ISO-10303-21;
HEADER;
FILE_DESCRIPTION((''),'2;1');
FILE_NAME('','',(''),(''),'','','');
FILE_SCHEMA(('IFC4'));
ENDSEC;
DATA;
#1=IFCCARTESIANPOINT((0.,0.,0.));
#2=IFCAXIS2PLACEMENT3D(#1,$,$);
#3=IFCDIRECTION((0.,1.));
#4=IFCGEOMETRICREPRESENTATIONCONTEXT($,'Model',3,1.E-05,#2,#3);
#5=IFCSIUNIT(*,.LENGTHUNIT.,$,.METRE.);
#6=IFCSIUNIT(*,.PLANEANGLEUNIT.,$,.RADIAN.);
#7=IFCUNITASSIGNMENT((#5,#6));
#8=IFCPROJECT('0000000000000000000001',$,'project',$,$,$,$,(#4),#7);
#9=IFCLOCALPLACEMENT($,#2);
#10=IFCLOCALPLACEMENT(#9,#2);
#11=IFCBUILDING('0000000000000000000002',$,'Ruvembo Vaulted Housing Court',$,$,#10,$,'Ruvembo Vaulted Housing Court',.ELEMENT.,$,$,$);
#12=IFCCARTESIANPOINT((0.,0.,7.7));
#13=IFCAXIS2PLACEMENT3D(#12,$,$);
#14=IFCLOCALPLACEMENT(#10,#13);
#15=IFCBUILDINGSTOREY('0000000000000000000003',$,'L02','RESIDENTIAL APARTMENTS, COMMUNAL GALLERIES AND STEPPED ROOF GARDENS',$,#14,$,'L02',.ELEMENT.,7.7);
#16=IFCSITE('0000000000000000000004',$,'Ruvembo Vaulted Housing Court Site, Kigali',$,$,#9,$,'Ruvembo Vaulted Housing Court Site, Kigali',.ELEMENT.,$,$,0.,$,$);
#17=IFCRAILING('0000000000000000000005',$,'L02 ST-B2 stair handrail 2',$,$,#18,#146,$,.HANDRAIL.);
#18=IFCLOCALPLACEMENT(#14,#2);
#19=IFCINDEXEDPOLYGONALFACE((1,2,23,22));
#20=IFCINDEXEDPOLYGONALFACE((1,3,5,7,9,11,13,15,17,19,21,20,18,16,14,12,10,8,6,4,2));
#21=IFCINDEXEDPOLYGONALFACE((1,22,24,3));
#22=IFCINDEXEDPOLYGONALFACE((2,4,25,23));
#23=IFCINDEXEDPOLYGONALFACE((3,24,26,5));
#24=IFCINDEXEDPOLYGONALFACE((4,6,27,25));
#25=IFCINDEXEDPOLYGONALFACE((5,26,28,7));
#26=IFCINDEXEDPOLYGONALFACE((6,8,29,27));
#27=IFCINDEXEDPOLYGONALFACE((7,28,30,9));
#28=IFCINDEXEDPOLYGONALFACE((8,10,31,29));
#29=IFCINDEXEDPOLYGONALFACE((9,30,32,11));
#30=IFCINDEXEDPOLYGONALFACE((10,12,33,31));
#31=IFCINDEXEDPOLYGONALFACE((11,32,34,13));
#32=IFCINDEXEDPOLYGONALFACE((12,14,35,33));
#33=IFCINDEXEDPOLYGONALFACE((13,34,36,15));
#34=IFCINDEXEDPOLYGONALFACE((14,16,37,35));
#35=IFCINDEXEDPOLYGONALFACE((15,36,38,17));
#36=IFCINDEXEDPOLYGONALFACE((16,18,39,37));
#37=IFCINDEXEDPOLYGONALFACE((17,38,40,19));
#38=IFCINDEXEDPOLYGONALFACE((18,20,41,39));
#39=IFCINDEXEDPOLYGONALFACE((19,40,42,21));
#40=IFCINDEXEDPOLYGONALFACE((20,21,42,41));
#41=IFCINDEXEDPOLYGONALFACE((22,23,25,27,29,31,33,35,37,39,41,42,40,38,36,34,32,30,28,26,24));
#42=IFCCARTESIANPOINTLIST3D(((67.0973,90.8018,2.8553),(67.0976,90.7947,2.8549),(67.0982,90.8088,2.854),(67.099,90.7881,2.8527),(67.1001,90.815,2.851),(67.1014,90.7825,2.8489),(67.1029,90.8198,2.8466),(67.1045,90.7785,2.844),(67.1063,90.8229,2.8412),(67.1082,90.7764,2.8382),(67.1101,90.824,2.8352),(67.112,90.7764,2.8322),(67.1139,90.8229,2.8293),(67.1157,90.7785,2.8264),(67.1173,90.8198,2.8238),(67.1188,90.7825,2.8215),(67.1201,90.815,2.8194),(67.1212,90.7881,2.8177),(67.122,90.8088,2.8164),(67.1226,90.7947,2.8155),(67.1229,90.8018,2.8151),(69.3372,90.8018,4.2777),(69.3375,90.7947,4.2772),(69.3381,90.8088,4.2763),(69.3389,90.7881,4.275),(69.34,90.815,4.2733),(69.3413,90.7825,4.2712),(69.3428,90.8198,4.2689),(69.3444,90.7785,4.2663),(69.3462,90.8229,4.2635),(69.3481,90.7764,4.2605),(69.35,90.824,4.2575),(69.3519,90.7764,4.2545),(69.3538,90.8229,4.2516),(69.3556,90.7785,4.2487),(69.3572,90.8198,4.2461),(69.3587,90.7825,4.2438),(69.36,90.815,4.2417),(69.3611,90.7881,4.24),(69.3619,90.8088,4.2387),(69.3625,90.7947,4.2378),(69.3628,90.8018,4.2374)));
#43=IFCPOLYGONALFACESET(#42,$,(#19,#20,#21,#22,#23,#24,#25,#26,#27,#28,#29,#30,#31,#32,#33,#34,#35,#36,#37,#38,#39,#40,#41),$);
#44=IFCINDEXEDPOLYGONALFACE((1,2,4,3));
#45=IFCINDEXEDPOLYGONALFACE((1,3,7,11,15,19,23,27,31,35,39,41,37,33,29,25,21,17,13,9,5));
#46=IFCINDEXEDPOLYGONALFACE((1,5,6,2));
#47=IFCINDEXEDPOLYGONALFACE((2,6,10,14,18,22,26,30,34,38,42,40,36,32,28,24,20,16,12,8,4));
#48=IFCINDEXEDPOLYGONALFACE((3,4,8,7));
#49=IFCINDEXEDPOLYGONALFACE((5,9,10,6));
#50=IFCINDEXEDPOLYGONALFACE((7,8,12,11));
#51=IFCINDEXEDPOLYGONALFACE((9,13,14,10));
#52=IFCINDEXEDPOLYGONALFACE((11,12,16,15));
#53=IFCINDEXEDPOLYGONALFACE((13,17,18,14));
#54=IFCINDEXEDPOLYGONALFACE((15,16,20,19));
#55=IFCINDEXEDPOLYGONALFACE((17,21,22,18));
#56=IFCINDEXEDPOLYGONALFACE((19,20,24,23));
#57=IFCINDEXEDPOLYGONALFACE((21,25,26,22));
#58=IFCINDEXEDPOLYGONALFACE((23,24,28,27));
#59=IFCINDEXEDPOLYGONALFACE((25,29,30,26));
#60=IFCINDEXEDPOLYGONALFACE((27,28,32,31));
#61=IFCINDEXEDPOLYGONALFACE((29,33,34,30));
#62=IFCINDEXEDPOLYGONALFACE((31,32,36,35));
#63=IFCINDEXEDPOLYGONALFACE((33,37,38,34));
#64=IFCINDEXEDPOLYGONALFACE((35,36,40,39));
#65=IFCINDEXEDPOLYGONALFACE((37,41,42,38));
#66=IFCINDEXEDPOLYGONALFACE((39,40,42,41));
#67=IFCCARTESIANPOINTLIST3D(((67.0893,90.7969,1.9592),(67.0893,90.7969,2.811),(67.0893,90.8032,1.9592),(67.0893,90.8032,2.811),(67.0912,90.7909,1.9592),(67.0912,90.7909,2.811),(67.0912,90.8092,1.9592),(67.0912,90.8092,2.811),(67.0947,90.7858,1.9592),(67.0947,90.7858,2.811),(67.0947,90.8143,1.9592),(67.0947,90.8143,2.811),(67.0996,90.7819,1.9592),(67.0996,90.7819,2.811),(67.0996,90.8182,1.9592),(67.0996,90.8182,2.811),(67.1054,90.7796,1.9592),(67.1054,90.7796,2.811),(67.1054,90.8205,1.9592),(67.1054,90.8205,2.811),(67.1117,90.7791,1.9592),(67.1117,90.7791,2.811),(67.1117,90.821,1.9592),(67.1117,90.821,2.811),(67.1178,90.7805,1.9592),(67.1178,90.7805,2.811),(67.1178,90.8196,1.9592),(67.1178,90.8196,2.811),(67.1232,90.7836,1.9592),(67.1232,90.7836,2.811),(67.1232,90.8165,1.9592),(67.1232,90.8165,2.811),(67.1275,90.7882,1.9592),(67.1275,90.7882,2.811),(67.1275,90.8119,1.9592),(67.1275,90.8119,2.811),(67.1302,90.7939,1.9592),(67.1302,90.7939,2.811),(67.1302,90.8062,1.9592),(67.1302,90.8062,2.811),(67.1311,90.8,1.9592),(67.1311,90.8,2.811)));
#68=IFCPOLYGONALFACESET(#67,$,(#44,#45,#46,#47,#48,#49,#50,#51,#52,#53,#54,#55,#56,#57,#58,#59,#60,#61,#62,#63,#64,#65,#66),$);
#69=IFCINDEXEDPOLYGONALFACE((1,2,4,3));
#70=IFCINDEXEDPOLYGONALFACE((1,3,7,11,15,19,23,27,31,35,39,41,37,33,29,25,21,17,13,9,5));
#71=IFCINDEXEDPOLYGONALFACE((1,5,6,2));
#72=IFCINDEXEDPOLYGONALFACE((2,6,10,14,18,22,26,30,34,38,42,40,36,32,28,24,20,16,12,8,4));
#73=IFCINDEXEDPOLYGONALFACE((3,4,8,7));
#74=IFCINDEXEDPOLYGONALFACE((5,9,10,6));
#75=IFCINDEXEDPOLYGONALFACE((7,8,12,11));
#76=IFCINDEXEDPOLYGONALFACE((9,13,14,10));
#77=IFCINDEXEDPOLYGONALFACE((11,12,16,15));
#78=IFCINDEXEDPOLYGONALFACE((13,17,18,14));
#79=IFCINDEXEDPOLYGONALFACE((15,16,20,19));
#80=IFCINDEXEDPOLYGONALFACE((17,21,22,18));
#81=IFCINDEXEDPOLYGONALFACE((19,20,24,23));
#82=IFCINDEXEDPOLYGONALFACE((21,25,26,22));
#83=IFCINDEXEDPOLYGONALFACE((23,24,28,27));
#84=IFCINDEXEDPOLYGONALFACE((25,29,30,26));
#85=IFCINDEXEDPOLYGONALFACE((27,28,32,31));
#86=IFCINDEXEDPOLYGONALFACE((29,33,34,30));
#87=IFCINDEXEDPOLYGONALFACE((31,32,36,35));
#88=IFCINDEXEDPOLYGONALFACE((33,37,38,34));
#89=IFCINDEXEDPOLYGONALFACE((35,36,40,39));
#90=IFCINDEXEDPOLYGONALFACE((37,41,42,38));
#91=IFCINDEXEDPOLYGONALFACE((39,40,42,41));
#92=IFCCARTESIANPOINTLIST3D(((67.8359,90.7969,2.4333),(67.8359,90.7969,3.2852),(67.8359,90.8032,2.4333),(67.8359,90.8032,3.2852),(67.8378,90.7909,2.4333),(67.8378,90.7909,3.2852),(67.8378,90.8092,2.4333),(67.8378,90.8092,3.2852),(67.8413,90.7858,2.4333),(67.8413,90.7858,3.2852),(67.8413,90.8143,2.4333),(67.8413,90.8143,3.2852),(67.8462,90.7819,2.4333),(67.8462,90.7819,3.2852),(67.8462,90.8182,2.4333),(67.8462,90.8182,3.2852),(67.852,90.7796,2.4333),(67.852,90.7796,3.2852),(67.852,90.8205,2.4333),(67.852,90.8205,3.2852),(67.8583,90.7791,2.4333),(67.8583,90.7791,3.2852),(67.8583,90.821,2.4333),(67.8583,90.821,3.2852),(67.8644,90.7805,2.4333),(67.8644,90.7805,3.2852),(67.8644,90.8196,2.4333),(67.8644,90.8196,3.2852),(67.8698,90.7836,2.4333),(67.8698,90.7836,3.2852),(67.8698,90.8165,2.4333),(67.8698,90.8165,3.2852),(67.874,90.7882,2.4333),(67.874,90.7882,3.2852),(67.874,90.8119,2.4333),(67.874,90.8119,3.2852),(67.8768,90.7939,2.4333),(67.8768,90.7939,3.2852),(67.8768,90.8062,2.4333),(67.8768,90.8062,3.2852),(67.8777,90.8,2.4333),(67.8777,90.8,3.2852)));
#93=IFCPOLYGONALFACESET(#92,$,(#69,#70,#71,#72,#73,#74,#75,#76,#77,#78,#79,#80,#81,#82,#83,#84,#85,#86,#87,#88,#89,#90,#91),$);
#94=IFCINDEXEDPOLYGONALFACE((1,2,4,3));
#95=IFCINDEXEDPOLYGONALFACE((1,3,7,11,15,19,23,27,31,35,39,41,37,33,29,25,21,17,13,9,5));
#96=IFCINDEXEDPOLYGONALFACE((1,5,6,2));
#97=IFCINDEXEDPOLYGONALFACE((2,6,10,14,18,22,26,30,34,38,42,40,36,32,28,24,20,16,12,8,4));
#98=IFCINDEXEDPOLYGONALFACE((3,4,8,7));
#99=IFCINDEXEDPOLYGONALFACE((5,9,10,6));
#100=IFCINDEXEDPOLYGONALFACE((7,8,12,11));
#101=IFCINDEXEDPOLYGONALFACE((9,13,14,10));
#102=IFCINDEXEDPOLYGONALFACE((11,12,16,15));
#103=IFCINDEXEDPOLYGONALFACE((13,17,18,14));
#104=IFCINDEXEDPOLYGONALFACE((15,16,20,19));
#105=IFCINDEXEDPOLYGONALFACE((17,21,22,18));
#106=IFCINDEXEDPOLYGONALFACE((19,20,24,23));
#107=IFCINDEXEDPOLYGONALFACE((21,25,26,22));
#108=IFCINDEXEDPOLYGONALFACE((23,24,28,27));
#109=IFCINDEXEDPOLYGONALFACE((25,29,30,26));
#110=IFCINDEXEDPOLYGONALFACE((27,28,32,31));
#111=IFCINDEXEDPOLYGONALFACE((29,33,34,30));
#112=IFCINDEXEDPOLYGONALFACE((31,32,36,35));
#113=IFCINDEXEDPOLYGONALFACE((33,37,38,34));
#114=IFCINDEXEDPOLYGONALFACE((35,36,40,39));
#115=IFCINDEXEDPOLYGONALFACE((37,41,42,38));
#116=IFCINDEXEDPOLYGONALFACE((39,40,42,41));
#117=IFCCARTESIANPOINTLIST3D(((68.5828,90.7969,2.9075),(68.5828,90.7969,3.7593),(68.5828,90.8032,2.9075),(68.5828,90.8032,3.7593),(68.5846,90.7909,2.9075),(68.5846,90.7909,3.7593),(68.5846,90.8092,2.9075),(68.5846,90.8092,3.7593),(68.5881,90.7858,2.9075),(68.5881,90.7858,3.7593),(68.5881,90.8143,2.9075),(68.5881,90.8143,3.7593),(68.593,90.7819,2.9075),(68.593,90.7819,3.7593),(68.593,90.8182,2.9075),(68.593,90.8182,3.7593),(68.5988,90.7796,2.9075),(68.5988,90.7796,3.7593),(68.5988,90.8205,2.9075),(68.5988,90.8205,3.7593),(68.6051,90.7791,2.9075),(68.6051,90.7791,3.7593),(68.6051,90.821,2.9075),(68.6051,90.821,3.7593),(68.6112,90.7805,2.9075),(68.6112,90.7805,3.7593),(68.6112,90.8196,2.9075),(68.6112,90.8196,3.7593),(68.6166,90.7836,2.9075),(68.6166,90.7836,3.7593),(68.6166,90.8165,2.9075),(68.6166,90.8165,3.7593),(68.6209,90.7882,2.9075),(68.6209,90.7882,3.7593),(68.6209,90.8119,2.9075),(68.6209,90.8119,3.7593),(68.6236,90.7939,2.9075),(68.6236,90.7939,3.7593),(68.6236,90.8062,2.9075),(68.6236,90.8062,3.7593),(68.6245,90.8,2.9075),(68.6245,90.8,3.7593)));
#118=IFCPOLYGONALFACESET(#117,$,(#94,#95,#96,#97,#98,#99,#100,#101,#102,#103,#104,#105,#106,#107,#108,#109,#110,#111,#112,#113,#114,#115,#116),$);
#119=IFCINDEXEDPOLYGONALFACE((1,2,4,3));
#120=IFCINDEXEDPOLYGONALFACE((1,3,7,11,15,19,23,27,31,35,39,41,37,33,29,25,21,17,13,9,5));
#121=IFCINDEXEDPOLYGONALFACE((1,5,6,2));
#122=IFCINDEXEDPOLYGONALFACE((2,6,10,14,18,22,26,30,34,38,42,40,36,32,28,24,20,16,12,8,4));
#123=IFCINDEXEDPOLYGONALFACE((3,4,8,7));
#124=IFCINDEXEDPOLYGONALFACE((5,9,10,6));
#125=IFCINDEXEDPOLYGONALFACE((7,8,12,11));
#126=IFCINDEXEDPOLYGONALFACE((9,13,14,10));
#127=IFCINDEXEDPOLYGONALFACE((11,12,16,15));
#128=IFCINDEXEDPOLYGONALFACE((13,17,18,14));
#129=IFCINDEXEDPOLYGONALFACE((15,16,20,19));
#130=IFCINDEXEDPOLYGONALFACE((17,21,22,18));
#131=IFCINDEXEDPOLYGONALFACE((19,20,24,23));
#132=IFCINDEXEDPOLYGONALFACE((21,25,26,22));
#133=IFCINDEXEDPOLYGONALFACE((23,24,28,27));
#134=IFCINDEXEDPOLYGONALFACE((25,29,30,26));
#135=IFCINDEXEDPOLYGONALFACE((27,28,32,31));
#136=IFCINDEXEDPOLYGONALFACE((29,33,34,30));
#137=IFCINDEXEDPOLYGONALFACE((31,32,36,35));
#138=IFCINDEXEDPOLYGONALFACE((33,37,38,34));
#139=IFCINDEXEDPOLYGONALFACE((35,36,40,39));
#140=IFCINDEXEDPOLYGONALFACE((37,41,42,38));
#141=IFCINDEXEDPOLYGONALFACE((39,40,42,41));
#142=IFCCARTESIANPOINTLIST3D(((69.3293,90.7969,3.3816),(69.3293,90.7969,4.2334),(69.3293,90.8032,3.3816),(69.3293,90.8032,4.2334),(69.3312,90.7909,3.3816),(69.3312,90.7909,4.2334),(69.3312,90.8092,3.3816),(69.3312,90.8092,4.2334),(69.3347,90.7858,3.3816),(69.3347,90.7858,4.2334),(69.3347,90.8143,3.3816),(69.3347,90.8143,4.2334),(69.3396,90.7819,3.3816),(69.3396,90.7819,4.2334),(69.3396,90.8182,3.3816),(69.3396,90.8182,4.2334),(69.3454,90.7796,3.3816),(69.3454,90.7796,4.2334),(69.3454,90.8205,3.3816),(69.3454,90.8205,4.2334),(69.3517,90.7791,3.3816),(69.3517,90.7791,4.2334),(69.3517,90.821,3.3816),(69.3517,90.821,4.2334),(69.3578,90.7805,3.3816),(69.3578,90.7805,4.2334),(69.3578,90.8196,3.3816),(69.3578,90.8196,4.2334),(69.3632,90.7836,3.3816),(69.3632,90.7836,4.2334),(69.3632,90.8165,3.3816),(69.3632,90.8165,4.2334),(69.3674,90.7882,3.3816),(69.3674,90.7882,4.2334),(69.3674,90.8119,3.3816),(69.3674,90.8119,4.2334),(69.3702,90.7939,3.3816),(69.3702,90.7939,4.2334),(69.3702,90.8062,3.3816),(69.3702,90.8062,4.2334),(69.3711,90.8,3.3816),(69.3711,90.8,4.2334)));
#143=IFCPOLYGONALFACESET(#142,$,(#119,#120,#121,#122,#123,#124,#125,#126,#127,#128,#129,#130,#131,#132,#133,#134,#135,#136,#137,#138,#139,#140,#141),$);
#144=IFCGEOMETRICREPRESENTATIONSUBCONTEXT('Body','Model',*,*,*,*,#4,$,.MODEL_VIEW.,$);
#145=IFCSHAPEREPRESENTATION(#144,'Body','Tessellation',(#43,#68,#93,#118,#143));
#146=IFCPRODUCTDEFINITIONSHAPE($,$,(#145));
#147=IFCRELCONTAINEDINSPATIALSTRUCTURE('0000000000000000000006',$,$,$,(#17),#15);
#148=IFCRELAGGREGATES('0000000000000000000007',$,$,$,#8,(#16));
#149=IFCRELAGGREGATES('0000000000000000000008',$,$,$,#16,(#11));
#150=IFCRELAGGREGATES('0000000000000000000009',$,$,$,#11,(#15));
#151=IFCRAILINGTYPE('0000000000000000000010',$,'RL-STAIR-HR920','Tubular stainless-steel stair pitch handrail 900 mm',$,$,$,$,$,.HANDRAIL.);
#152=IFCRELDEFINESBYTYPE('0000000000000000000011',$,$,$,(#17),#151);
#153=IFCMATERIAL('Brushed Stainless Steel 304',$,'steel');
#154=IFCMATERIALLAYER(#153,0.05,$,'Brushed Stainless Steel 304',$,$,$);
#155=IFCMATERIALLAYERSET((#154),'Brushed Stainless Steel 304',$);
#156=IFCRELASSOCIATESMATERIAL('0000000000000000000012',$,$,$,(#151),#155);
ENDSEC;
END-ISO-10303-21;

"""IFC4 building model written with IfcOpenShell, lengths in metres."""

from ifc_helpers import new_model, si_unit, direction, frame, origin, origin_2d, place, context, subcontext, project, spatial, circle, extrude, material, layer, layer_set, type_object, element, save


model = new_model("IFC4")

# Units and contexts
model_context = context("Model", 3, precision=1e-05, world=origin(), true_north=direction((0.0, 1.0)))
body_context = subcontext(model_context, "Body", "Model", "MODEL_VIEW")
ifc_project = project(units=[si_unit("LENGTHUNIT", "METRE"), si_unit("PLANEANGLEUNIT", "RADIAN")], contexts=[model_context])

# Site, building, storey
site_placement = place(None, origin())
site = spatial("IfcSite", under=ifc_project, at=site_placement, Name="Ruvembo Vaulted Housing Court Site, Kigali", LongName="Ruvembo Vaulted Housing Court Site, Kigali", CompositionType="ELEMENT", RefElevation=0.0)
building_placement = place(site_placement, origin())
building = spatial("IfcBuilding", under=site, at=building_placement, Name="Ruvembo Vaulted Housing Court", LongName="Ruvembo Vaulted Housing Court", CompositionType="ELEMENT")
storey_placement = place(building_placement, frame((0.0, 0.0, 7.7)))
storey = spatial("IfcBuildingStorey", under=building, at=storey_placement, Name="L02", Description="RESIDENTIAL APARTMENTS, COMMUNAL GALLERIES AND STEPPED ROOF GARDENS", LongName="L02", CompositionType="ELEMENT", Elevation=7.7)

# Shared definitions
ifc_material_1 = material(Name="Brushed Stainless Steel 304", Category="steel")

# Railing
ifc_layer_1 = layer(ifc_material_1, 0.05, Name="Brushed Stainless Steel 304")
ifc_layer_set_1 = layer_set([ifc_layer_1], Name="Brushed Stainless Steel 304")
railing_type_1 = type_object("IfcRailingType", Name="RL-STAIR-HR920", Description="Tubular stainless-steel stair pitch handrail 900 mm", PredefinedType="HANDRAIL", material=ifc_layer_set_1)
railing_1_placement = place(storey_placement, frame((67.1101, 90.8, 1.9592)))
element("IfcRailing", 1, at=railing_1_placement, inside=storey, type_object=railing_type_1, Name="L02 ST-B2 stair handrail 2", PredefinedType="HANDRAIL", context=body_context, shape_type="SweptSolid", body=[
    extrude(circle(Radius=0.0239, at=origin_2d()), frame((0.0, 0.0, 0.876), z_axis=(0.844188, 0.0, 0.536048), x_axis=(0.0, 1.0, 0.0)), (0.0, 0.0, 1.0), 2.6533),
    extrude(circle(Radius=0.021, at=origin_2d()), origin(), (0.0, 0.0, 1.0), 0.8518),
    extrude(circle(Radius=0.021, at=origin_2d()), frame((0.7466, 0.0, 0.4741)), (0.0, 0.0, 1.0), 0.8518),
    extrude(circle(Radius=0.021, at=origin_2d()), frame((1.4934, 0.0, 0.9482)), (0.0, 0.0, 1.0), 0.8518),
    extrude(circle(Radius=0.021, at=origin_2d()), frame((2.24, 0.0, 1.4224)), (0.0, 0.0, 1.0), 0.8518),
])

save(model, "model.ifc")
